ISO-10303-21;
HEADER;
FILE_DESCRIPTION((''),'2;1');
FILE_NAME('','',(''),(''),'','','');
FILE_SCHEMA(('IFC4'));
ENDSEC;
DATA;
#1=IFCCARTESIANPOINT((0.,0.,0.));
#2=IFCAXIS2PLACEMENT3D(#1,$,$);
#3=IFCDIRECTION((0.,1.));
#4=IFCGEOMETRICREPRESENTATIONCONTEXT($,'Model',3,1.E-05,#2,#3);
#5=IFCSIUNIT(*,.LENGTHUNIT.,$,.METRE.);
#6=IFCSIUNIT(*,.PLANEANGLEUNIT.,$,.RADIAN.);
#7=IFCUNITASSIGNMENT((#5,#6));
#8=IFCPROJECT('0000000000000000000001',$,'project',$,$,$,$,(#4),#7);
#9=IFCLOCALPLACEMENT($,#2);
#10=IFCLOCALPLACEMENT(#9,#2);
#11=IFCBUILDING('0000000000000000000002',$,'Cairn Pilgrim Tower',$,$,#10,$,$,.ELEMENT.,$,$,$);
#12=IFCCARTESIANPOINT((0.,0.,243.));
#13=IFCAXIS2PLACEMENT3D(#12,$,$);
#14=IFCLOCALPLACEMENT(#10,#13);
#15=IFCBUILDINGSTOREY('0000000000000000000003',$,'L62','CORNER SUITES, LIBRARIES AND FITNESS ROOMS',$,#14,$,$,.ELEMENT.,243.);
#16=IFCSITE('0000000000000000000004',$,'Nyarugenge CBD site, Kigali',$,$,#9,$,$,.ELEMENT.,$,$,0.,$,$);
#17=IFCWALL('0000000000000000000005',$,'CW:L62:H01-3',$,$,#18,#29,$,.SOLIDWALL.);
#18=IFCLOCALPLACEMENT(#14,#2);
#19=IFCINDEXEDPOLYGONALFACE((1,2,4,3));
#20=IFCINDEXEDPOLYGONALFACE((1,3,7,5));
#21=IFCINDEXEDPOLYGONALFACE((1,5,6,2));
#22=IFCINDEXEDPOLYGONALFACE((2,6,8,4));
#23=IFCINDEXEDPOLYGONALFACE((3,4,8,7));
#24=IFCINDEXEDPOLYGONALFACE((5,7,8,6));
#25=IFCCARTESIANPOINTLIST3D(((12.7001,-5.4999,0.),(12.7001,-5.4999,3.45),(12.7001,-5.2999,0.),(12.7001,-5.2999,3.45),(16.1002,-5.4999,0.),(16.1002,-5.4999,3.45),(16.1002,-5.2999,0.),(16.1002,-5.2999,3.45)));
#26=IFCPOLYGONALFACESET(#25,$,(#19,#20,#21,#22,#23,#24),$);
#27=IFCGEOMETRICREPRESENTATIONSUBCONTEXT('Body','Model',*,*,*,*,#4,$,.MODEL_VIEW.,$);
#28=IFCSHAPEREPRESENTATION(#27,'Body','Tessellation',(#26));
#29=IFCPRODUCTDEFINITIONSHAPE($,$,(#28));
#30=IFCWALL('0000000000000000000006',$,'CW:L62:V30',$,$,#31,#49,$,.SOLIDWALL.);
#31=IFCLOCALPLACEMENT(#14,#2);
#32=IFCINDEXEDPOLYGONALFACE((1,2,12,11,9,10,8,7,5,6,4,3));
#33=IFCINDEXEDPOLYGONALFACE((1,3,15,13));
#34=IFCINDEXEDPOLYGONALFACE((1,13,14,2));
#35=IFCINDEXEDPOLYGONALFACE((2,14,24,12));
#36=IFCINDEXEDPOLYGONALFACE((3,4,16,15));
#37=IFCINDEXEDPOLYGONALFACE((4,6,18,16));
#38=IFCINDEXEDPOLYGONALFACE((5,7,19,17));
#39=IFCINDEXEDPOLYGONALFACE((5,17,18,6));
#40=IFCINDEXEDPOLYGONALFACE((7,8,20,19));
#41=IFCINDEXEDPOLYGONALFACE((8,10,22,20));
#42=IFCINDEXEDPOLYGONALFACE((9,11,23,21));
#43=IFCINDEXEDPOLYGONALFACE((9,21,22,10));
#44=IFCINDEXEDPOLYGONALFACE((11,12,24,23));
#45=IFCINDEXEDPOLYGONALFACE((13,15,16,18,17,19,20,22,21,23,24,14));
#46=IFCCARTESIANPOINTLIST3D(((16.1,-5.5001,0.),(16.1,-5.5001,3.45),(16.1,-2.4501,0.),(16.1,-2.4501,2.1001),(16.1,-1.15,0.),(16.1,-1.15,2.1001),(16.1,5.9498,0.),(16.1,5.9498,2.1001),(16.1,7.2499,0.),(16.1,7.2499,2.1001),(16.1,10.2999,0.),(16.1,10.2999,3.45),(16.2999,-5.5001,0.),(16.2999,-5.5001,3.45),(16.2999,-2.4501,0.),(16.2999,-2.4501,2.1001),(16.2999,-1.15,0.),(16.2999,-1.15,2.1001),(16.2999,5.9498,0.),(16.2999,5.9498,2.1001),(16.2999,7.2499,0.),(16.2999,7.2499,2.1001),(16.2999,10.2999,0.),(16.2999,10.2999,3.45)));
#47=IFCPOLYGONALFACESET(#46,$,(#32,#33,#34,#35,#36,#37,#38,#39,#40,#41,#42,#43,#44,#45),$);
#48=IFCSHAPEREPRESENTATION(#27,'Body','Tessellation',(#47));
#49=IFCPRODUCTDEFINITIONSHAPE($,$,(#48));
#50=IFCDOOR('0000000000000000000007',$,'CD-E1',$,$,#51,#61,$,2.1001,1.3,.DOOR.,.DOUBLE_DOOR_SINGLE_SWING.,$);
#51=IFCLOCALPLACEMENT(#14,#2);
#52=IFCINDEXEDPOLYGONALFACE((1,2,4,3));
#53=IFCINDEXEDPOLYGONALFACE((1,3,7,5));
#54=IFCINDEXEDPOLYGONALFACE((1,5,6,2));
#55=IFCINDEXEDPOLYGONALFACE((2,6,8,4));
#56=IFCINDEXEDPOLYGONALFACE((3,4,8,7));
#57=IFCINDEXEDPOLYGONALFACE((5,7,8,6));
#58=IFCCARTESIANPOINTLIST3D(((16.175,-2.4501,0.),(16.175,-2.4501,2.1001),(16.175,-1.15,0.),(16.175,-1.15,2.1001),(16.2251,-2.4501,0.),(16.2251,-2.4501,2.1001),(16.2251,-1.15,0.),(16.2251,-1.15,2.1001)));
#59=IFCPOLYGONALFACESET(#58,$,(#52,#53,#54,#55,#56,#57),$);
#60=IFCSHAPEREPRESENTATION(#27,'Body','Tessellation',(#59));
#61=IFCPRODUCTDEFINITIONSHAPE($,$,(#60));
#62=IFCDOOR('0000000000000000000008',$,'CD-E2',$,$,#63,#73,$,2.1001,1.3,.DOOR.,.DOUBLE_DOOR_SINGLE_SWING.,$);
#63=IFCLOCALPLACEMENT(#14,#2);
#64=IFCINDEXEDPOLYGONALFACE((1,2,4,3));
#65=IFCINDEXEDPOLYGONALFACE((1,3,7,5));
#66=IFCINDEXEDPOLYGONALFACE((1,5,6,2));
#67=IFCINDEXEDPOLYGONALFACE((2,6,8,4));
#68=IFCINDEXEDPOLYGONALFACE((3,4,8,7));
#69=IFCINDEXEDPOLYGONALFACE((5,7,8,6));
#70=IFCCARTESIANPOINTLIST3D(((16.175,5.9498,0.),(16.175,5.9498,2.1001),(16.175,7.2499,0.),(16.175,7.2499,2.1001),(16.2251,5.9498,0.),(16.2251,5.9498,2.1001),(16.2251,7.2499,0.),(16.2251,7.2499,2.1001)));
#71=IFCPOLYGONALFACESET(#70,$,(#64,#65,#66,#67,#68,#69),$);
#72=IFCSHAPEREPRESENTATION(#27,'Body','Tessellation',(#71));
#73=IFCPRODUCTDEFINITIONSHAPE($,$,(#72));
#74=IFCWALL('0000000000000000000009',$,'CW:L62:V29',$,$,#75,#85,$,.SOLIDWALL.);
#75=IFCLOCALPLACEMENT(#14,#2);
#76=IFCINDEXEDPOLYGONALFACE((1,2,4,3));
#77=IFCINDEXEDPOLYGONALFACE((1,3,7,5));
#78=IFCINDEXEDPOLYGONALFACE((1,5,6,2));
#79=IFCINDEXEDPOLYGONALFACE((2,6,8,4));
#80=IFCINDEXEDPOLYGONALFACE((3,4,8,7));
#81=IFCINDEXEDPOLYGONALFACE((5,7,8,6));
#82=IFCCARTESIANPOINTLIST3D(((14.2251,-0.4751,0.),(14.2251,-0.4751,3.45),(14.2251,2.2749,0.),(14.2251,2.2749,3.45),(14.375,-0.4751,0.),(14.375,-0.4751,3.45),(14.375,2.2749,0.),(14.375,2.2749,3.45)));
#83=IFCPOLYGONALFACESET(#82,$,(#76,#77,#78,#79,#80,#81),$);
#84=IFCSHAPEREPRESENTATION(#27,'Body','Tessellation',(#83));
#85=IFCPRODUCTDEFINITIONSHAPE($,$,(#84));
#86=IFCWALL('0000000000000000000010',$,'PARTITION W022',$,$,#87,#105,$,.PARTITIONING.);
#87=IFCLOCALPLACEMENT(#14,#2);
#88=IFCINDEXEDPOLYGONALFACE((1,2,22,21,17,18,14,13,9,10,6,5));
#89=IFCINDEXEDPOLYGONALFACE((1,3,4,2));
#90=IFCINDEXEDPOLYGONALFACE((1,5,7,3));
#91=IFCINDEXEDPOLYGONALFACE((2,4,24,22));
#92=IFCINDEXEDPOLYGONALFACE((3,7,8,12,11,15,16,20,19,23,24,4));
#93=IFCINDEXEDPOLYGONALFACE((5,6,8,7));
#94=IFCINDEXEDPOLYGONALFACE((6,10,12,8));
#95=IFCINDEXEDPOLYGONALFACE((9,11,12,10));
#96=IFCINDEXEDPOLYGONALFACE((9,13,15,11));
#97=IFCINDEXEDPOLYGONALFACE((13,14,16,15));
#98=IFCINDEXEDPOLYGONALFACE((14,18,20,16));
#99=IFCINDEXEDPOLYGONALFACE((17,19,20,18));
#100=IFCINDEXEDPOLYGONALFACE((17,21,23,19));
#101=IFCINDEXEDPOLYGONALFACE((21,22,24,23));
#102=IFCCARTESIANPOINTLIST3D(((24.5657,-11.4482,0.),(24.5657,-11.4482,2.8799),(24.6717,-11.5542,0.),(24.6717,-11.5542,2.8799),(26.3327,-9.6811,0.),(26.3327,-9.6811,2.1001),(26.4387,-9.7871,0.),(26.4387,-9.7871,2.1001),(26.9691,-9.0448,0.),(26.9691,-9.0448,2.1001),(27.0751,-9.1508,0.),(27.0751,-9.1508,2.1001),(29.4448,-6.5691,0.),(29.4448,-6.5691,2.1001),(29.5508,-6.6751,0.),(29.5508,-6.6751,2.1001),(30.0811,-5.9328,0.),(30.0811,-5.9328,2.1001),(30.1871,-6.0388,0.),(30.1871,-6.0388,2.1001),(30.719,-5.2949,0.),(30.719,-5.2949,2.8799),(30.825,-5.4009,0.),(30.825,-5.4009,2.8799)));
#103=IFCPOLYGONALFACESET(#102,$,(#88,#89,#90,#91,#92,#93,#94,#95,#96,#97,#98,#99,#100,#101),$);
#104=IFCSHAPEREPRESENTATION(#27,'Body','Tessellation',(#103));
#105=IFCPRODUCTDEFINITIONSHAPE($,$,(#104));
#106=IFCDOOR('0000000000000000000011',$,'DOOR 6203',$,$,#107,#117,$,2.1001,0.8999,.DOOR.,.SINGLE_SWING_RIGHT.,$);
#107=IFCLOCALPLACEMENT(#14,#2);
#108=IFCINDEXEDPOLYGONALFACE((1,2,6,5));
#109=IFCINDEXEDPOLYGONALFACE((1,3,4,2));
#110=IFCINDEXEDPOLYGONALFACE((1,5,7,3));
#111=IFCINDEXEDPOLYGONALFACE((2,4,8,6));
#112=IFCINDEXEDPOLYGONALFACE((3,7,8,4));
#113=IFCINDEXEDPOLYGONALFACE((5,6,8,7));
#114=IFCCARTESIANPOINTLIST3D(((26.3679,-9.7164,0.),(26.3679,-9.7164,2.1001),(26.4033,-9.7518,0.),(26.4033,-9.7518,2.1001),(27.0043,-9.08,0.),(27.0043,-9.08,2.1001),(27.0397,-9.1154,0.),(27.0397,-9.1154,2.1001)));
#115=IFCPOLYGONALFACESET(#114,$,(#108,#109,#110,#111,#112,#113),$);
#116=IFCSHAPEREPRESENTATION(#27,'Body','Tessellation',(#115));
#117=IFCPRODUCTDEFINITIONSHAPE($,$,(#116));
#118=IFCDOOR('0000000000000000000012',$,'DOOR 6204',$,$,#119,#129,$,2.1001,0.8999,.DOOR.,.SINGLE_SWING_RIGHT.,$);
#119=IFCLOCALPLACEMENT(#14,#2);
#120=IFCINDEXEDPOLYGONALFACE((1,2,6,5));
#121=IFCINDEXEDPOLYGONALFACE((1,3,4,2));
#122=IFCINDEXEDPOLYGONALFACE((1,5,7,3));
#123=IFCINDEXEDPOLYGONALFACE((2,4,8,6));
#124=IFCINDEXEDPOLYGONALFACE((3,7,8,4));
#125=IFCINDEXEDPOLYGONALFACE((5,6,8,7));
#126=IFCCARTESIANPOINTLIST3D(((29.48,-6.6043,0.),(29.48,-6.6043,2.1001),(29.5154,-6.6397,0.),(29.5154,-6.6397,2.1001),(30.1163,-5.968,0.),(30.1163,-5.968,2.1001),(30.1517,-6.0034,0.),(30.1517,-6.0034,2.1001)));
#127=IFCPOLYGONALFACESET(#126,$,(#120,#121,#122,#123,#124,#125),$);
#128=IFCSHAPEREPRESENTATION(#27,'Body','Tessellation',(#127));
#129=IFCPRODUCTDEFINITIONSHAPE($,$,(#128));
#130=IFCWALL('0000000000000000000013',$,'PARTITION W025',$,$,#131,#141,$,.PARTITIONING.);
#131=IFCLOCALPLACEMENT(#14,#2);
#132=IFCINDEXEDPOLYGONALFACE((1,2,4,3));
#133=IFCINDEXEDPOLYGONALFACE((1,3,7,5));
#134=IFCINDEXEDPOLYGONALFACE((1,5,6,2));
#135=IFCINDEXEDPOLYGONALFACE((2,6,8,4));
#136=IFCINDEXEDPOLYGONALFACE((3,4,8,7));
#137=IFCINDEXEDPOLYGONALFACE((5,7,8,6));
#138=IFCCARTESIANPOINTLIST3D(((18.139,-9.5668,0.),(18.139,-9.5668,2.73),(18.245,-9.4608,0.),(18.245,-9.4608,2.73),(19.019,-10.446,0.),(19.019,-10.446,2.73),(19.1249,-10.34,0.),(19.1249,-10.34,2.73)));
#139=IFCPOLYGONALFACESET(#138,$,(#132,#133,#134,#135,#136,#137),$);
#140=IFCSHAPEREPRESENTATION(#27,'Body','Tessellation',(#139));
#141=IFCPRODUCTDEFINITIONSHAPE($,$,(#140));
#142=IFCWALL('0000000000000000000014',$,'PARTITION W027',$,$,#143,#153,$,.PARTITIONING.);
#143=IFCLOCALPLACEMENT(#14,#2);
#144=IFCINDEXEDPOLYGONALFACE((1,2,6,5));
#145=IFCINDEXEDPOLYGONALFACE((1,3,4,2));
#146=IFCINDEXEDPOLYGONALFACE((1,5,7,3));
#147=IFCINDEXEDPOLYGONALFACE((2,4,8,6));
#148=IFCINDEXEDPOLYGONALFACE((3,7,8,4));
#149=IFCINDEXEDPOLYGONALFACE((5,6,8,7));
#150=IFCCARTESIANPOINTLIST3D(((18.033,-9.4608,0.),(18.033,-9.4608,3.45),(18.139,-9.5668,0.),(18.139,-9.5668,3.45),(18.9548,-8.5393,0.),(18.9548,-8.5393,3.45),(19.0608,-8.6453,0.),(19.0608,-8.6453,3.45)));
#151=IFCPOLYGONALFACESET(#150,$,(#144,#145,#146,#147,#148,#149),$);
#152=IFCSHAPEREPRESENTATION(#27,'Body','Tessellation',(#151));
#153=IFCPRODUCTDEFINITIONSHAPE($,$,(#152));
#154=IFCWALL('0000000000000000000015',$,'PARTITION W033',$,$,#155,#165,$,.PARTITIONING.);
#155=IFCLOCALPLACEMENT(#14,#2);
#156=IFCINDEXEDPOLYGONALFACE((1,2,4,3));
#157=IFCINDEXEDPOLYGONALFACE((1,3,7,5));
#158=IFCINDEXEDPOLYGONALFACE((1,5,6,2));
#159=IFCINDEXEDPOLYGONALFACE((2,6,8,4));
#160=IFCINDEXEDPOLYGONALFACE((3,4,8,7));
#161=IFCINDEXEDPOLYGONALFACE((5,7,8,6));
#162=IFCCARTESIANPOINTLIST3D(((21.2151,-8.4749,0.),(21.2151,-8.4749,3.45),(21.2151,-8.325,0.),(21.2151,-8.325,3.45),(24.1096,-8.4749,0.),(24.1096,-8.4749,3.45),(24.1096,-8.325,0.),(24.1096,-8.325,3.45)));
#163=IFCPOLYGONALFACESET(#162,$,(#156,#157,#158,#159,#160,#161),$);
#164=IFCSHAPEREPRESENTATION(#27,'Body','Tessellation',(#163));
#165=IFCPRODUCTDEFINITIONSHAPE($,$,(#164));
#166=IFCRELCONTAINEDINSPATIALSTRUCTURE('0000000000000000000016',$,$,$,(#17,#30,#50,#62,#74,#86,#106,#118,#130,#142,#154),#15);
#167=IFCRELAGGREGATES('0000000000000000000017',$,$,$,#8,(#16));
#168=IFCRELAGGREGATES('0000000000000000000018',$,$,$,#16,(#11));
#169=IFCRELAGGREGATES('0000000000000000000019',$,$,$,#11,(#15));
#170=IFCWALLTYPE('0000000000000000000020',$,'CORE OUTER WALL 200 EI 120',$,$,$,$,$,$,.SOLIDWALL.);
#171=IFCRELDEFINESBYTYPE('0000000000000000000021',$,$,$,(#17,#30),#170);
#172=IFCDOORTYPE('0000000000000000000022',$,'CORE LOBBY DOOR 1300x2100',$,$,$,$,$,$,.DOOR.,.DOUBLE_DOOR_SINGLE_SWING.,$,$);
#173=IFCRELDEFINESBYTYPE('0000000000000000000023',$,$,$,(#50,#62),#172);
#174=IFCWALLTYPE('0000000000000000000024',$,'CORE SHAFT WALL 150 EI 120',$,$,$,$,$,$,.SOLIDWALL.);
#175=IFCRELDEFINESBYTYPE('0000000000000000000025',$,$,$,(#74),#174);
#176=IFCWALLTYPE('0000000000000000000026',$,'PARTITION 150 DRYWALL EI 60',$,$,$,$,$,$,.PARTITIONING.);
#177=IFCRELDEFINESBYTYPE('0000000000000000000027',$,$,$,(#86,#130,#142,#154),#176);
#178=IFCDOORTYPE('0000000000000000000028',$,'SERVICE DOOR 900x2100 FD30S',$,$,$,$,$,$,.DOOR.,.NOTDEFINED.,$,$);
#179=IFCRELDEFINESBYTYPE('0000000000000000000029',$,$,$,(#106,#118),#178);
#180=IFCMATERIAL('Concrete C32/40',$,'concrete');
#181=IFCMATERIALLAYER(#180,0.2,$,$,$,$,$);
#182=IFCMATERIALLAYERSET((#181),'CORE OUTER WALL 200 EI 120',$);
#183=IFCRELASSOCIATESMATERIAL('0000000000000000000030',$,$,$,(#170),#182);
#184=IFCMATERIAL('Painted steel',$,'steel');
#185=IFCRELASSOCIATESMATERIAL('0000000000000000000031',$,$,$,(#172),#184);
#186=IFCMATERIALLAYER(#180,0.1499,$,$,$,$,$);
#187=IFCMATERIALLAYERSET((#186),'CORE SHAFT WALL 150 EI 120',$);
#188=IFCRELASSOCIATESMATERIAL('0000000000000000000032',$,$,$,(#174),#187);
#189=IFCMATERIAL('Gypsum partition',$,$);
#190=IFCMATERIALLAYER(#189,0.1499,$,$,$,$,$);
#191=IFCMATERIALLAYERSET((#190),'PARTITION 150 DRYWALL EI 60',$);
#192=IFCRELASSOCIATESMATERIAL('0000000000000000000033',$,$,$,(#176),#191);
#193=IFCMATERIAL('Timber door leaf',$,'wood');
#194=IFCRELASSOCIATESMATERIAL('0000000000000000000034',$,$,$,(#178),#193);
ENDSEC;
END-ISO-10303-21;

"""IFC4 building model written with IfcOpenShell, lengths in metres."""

from ifc_helpers import new_model, si_unit, direction, frame, frame_2d, origin, place, context, subcontext, project, spatial, rectangle, extrude, material, layer, layer_set, type_object, element, fill, save


model = new_model("IFC4")

# Units and contexts
model_context = context("Model", 3, precision=1e-05, world=origin(), true_north=direction((0.0, 1.0)))
body_context = subcontext(model_context, "Body", "Model", "MODEL_VIEW")
ifc_project = project(units=[si_unit("LENGTHUNIT", "METRE"), si_unit("PLANEANGLEUNIT", "RADIAN")], contexts=[model_context])

# Site, building, storey
site_placement = place(None, origin())
site = spatial("IfcSite", under=ifc_project, at=site_placement, Name="Nyarugenge CBD site, Kigali", CompositionType="ELEMENT", RefElevation=0.0)
building_placement = place(site_placement, origin())
building = spatial("IfcBuilding", under=site, at=building_placement, Name="Cairn Pilgrim Tower", CompositionType="ELEMENT")
storey_placement = place(building_placement, frame((0.0, 0.0, 243.0)))
storey = spatial("IfcBuildingStorey", under=building, at=storey_placement, Name="L62", Description="CORNER SUITES, LIBRARIES AND FITNESS ROOMS", CompositionType="ELEMENT", Elevation=243.0)

# Wall
ifc_material_1 = material(Name="Concrete C32/40", Category="concrete")
ifc_layer_1 = layer(ifc_material_1, 0.2)
ifc_layer_set_1 = layer_set([ifc_layer_1], Name="CORE OUTER WALL 200 EI 120")
wall_type_1 = type_object("IfcWallType", Name="CORE OUTER WALL 200 EI 120", PredefinedType="SOLIDWALL", material=ifc_layer_set_1)
wall_1_placement = place(storey_placement, frame((12.7, -5.3999, 0.0), z_axis=(0.0, 0.0, 1.0), x_axis=(1.0, 0.0, 0.0)))
element("IfcWall", 1, at=wall_1_placement, inside=storey, type_object=wall_type_1, Name="CW:L62:H01-3", PredefinedType="SOLIDWALL", context=body_context, shape_type="SweptSolid", body=[
    extrude(rectangle(XDim=3.4001, YDim=0.2, at=frame_2d((1.7002, 0.0))), origin(), (0.0, 0.0, 1.0), 3.45),
])

# Wall, openings, doors
wall_2_placement = place(storey_placement, frame((16.2, -5.5, 0.0), z_axis=(0.0, 0.0, 1.0), x_axis=(0.0, 1.0, 0.0)))
wall_2 = element("IfcWall", 2, at=wall_2_placement, inside=storey, type_object=wall_type_1, Name="CW:L62:V30", PredefinedType="SOLIDWALL", context=body_context, shape_type="SweptSolid", body=[
    extrude(rectangle(XDim=15.8, YDim=0.2, at=frame_2d((7.8999, 0.0))), origin(), (0.0, 0.0, 1.0), 3.45),
])
opening_1_placement = place(wall_2_placement, frame((3.05, 0.0, 0.0)))
opening_1 = element("IfcOpeningElement", 3, at=opening_1_placement, cuts=wall_2, PredefinedType="OPENING", context=body_context, shape_type="SweptSolid", body=[
    extrude(rectangle(XDim=1.3, YDim=2.1001, at=frame_2d((0.6499, 1.05))), frame((0.0, 0.1099, 0.0), z_axis=(0.0, -1.0, 0.0), x_axis=(1.0, 0.0, 0.0)), (0.0, 0.0, 1.0), 0.22),
])
opening_2_placement = place(wall_2_placement, frame((11.45, 0.0, 0.0)))
opening_2 = element("IfcOpeningElement", 4, at=opening_2_placement, cuts=wall_2, PredefinedType="OPENING", context=body_context, shape_type="SweptSolid", body=[
    extrude(rectangle(XDim=1.3, YDim=2.1001, at=frame_2d((0.6499, 1.05))), frame((0.0, 0.1099, 0.0), z_axis=(0.0, -1.0, 0.0), x_axis=(1.0, 0.0, 0.0)), (0.0, 0.0, 1.0), 0.22),
])
ifc_material_2 = material(Name="Painted steel", Category="steel")
door_type_1 = type_object("IfcDoorType", Name="CORE LOBBY DOOR 1300x2100", OperationType="DOUBLE_DOOR_SINGLE_SWING", PredefinedType="DOOR", material=ifc_material_2)
door_1_placement = place(opening_1_placement, origin())
door_1 = element("IfcDoor", 5, at=door_1_placement, inside=storey, type_object=door_type_1, Name="CD-E1", OperationType="DOUBLE_DOOR_SINGLE_SWING", OverallHeight=2.1001, OverallWidth=1.3, PredefinedType="DOOR", context=body_context, shape_type="SweptSolid", body=[
    extrude(rectangle(XDim=1.3, YDim=2.1001, at=frame_2d((0.6499, 1.05))), frame((0.0, 0.0249, 0.0), z_axis=(0.0, -1.0, 0.0), x_axis=(1.0, 0.0, 0.0)), (0.0, 0.0, 1.0), 0.05),
])
fill(opening_1, door_1)
door_2_placement = place(opening_2_placement, origin())
door_2 = element("IfcDoor", 6, at=door_2_placement, inside=storey, type_object=door_type_1, Name="CD-E2", OperationType="DOUBLE_DOOR_SINGLE_SWING", OverallHeight=2.1001, OverallWidth=1.3, PredefinedType="DOOR", context=body_context, shape_type="SweptSolid", body=[
    extrude(rectangle(XDim=1.3, YDim=2.1001, at=frame_2d((0.6499, 1.05))), frame((0.0, 0.0249, 0.0), z_axis=(0.0, -1.0, 0.0), x_axis=(1.0, 0.0, 0.0)), (0.0, 0.0, 1.0), 0.05),
])
fill(opening_2, door_2)

# Wall
ifc_layer_2 = layer(ifc_material_1, 0.1499)
ifc_layer_set_2 = layer_set([ifc_layer_2], Name="CORE SHAFT WALL 150 EI 120")
wall_type_2 = type_object("IfcWallType", Name="CORE SHAFT WALL 150 EI 120", PredefinedType="SOLIDWALL", material=ifc_layer_set_2)
wall_3_placement = place(storey_placement, frame((14.3, -0.4751, 0.0), z_axis=(0.0, 0.0, 1.0), x_axis=(0.0, 1.0, 0.0)))
element("IfcWall", 7, at=wall_3_placement, inside=storey, type_object=wall_type_2, Name="CW:L62:V29", PredefinedType="SOLIDWALL", context=body_context, shape_type="SweptSolid", body=[
    extrude(rectangle(XDim=2.75, YDim=0.1499, at=frame_2d((1.375, 0.0))), origin(), (0.0, 0.0, 1.0), 3.45),
])

# Wall, openings, doors
ifc_material_3 = material(Name="Gypsum partition")
ifc_layer_3 = layer(ifc_material_3, 0.1499)
ifc_layer_set_3 = layer_set([ifc_layer_3], Name="PARTITION 150 DRYWALL EI 60")
wall_type_3 = type_object("IfcWallType", Name="PARTITION 150 DRYWALL EI 60", PredefinedType="PARTITIONING", material=ifc_layer_set_3)
wall_4_placement = place(storey_placement, frame((24.6187, -11.5012, 0.0), z_axis=(0.0, 0.0, 1.0), x_axis=(0.707107, 0.707107, 0.0)))
wall_4 = element("IfcWall", 8, at=wall_4_placement, inside=storey, type_object=wall_type_3, Name="PARTITION W022", PredefinedType="PARTITIONING", context=body_context, shape_type="SweptSolid", body=[
    extrude(rectangle(XDim=8.7021, YDim=0.1499, at=frame_2d((4.3511, 0.0))), origin(), (0.0, 0.0, 1.0), 2.8799),
])
opening_3_placement = place(wall_4_placement, frame((2.499, 0.0, 0.0)))
opening_3 = element("IfcOpeningElement", 9, at=opening_3_placement, cuts=wall_4, PredefinedType="OPENING", context=body_context, shape_type="SweptSolid", body=[
    extrude(rectangle(XDim=0.8999, YDim=2.1001, at=frame_2d((0.45, 1.05))), frame((0.0, 0.085, 0.0), z_axis=(0.0, -1.0, 0.0), x_axis=(1.0, 0.0, 0.0)), (0.0, 0.0, 1.0), 0.1699),
])
opening_4_placement = place(wall_4_placement, frame((6.9001, 0.0, 0.0)))
opening_4 = element("IfcOpeningElement", 10, at=opening_4_placement, cuts=wall_4, PredefinedType="OPENING", context=body_context, shape_type="SweptSolid", body=[
    extrude(rectangle(XDim=0.8999, YDim=2.1001, at=frame_2d((0.45, 1.05))), frame((0.0, 0.085, 0.0), z_axis=(0.0, -1.0, 0.0), x_axis=(1.0, 0.0, 0.0)), (0.0, 0.0, 1.0), 0.1699),
])
ifc_material_4 = material(Name="Timber door leaf", Category="wood")
door_type_2 = type_object("IfcDoorType", Name="SERVICE DOOR 900x2100 FD30S", OperationType="NOTDEFINED", PredefinedType="DOOR", material=ifc_material_4)
door_3_placement = place(opening_3_placement, frame((0.8999, 0.0, 0.0), z_axis=(0.0, 0.0, 1.0), x_axis=(-1.0, 0.0, 0.0)))
door_3 = element("IfcDoor", 11, at=door_3_placement, inside=storey, type_object=door_type_2, Name="DOOR 6203", OperationType="SINGLE_SWING_RIGHT", OverallHeight=2.1001, OverallWidth=0.8999, PredefinedType="DOOR", context=body_context, shape_type="SweptSolid", body=[
    extrude(rectangle(XDim=0.8999, YDim=2.1001, at=frame_2d((0.45, 1.05))), frame((0.0, 0.0249, 0.0), z_axis=(0.0, -1.0, 0.0), x_axis=(1.0, 0.0, 0.0)), (0.0, 0.0, 1.0), 0.05),
])
fill(opening_3, door_3)
door_4_placement = place(opening_4_placement, frame((0.8999, 0.0, 0.0), z_axis=(0.0, 0.0, 1.0), x_axis=(-1.0, 0.0, 0.0)))
door_4 = element("IfcDoor", 12, at=door_4_placement, inside=storey, type_object=door_type_2, Name="DOOR 6204", OperationType="SINGLE_SWING_RIGHT", OverallHeight=2.1001, OverallWidth=0.8999, PredefinedType="DOOR", context=body_context, shape_type="SweptSolid", body=[
    extrude(rectangle(XDim=0.8999, YDim=2.1001, at=frame_2d((0.45, 1.05))), frame((0.0, 0.0249, 0.0), z_axis=(0.0, -1.0, 0.0), x_axis=(1.0, 0.0, 0.0)), (0.0, 0.0, 1.0), 0.05),
])
fill(opening_4, door_4)

# Walls
wall_5_placement = place(storey_placement, frame((19.072, -10.3931, 0.0), z_axis=(0.0, 0.0, 1.0), x_axis=(-0.707401, 0.706812, 0.0)))
element("IfcWall", 13, at=wall_5_placement, inside=storey, type_object=wall_type_3, Name="PARTITION W025", PredefinedType="PARTITIONING", context=body_context, shape_type="SweptSolid", body=[
    extrude(rectangle(XDim=1.2439, YDim=0.1499, at=frame_2d((0.6221, 0.0))), origin(), (0.0, 0.0, 1.0), 2.73),
])
wall_6_placement = place(storey_placement, frame((18.0859, -9.5139, 0.0), z_axis=(0.0, 0.0, 1.0), x_axis=(0.7072, 0.707013, 0.0)))
element("IfcWall", 14, at=wall_6_placement, inside=storey, type_object=wall_type_3, Name="PARTITION W027", PredefinedType="PARTITIONING", context=body_context, shape_type="SweptSolid", body=[
    extrude(rectangle(XDim=1.3035, YDim=0.1499, at=frame_2d((0.6519, 0.0))), origin(), (0.0, 0.0, 1.0), 3.45),
])
wall_7_placement = place(storey_placement, frame((21.2151, -8.3999, 0.0), z_axis=(0.0, 0.0, 1.0), x_axis=(1.0, 0.0, 0.0)))
element("IfcWall", 15, at=wall_7_placement, inside=storey, type_object=wall_type_3, Name="PARTITION W033", PredefinedType="PARTITIONING", context=body_context, shape_type="SweptSolid", body=[
    extrude(rectangle(XDim=2.8945, YDim=0.1499, at=frame_2d((1.4473, 0.0))), origin(), (0.0, 0.0, 1.0), 3.45),
])

save(model, "model.ifc")
